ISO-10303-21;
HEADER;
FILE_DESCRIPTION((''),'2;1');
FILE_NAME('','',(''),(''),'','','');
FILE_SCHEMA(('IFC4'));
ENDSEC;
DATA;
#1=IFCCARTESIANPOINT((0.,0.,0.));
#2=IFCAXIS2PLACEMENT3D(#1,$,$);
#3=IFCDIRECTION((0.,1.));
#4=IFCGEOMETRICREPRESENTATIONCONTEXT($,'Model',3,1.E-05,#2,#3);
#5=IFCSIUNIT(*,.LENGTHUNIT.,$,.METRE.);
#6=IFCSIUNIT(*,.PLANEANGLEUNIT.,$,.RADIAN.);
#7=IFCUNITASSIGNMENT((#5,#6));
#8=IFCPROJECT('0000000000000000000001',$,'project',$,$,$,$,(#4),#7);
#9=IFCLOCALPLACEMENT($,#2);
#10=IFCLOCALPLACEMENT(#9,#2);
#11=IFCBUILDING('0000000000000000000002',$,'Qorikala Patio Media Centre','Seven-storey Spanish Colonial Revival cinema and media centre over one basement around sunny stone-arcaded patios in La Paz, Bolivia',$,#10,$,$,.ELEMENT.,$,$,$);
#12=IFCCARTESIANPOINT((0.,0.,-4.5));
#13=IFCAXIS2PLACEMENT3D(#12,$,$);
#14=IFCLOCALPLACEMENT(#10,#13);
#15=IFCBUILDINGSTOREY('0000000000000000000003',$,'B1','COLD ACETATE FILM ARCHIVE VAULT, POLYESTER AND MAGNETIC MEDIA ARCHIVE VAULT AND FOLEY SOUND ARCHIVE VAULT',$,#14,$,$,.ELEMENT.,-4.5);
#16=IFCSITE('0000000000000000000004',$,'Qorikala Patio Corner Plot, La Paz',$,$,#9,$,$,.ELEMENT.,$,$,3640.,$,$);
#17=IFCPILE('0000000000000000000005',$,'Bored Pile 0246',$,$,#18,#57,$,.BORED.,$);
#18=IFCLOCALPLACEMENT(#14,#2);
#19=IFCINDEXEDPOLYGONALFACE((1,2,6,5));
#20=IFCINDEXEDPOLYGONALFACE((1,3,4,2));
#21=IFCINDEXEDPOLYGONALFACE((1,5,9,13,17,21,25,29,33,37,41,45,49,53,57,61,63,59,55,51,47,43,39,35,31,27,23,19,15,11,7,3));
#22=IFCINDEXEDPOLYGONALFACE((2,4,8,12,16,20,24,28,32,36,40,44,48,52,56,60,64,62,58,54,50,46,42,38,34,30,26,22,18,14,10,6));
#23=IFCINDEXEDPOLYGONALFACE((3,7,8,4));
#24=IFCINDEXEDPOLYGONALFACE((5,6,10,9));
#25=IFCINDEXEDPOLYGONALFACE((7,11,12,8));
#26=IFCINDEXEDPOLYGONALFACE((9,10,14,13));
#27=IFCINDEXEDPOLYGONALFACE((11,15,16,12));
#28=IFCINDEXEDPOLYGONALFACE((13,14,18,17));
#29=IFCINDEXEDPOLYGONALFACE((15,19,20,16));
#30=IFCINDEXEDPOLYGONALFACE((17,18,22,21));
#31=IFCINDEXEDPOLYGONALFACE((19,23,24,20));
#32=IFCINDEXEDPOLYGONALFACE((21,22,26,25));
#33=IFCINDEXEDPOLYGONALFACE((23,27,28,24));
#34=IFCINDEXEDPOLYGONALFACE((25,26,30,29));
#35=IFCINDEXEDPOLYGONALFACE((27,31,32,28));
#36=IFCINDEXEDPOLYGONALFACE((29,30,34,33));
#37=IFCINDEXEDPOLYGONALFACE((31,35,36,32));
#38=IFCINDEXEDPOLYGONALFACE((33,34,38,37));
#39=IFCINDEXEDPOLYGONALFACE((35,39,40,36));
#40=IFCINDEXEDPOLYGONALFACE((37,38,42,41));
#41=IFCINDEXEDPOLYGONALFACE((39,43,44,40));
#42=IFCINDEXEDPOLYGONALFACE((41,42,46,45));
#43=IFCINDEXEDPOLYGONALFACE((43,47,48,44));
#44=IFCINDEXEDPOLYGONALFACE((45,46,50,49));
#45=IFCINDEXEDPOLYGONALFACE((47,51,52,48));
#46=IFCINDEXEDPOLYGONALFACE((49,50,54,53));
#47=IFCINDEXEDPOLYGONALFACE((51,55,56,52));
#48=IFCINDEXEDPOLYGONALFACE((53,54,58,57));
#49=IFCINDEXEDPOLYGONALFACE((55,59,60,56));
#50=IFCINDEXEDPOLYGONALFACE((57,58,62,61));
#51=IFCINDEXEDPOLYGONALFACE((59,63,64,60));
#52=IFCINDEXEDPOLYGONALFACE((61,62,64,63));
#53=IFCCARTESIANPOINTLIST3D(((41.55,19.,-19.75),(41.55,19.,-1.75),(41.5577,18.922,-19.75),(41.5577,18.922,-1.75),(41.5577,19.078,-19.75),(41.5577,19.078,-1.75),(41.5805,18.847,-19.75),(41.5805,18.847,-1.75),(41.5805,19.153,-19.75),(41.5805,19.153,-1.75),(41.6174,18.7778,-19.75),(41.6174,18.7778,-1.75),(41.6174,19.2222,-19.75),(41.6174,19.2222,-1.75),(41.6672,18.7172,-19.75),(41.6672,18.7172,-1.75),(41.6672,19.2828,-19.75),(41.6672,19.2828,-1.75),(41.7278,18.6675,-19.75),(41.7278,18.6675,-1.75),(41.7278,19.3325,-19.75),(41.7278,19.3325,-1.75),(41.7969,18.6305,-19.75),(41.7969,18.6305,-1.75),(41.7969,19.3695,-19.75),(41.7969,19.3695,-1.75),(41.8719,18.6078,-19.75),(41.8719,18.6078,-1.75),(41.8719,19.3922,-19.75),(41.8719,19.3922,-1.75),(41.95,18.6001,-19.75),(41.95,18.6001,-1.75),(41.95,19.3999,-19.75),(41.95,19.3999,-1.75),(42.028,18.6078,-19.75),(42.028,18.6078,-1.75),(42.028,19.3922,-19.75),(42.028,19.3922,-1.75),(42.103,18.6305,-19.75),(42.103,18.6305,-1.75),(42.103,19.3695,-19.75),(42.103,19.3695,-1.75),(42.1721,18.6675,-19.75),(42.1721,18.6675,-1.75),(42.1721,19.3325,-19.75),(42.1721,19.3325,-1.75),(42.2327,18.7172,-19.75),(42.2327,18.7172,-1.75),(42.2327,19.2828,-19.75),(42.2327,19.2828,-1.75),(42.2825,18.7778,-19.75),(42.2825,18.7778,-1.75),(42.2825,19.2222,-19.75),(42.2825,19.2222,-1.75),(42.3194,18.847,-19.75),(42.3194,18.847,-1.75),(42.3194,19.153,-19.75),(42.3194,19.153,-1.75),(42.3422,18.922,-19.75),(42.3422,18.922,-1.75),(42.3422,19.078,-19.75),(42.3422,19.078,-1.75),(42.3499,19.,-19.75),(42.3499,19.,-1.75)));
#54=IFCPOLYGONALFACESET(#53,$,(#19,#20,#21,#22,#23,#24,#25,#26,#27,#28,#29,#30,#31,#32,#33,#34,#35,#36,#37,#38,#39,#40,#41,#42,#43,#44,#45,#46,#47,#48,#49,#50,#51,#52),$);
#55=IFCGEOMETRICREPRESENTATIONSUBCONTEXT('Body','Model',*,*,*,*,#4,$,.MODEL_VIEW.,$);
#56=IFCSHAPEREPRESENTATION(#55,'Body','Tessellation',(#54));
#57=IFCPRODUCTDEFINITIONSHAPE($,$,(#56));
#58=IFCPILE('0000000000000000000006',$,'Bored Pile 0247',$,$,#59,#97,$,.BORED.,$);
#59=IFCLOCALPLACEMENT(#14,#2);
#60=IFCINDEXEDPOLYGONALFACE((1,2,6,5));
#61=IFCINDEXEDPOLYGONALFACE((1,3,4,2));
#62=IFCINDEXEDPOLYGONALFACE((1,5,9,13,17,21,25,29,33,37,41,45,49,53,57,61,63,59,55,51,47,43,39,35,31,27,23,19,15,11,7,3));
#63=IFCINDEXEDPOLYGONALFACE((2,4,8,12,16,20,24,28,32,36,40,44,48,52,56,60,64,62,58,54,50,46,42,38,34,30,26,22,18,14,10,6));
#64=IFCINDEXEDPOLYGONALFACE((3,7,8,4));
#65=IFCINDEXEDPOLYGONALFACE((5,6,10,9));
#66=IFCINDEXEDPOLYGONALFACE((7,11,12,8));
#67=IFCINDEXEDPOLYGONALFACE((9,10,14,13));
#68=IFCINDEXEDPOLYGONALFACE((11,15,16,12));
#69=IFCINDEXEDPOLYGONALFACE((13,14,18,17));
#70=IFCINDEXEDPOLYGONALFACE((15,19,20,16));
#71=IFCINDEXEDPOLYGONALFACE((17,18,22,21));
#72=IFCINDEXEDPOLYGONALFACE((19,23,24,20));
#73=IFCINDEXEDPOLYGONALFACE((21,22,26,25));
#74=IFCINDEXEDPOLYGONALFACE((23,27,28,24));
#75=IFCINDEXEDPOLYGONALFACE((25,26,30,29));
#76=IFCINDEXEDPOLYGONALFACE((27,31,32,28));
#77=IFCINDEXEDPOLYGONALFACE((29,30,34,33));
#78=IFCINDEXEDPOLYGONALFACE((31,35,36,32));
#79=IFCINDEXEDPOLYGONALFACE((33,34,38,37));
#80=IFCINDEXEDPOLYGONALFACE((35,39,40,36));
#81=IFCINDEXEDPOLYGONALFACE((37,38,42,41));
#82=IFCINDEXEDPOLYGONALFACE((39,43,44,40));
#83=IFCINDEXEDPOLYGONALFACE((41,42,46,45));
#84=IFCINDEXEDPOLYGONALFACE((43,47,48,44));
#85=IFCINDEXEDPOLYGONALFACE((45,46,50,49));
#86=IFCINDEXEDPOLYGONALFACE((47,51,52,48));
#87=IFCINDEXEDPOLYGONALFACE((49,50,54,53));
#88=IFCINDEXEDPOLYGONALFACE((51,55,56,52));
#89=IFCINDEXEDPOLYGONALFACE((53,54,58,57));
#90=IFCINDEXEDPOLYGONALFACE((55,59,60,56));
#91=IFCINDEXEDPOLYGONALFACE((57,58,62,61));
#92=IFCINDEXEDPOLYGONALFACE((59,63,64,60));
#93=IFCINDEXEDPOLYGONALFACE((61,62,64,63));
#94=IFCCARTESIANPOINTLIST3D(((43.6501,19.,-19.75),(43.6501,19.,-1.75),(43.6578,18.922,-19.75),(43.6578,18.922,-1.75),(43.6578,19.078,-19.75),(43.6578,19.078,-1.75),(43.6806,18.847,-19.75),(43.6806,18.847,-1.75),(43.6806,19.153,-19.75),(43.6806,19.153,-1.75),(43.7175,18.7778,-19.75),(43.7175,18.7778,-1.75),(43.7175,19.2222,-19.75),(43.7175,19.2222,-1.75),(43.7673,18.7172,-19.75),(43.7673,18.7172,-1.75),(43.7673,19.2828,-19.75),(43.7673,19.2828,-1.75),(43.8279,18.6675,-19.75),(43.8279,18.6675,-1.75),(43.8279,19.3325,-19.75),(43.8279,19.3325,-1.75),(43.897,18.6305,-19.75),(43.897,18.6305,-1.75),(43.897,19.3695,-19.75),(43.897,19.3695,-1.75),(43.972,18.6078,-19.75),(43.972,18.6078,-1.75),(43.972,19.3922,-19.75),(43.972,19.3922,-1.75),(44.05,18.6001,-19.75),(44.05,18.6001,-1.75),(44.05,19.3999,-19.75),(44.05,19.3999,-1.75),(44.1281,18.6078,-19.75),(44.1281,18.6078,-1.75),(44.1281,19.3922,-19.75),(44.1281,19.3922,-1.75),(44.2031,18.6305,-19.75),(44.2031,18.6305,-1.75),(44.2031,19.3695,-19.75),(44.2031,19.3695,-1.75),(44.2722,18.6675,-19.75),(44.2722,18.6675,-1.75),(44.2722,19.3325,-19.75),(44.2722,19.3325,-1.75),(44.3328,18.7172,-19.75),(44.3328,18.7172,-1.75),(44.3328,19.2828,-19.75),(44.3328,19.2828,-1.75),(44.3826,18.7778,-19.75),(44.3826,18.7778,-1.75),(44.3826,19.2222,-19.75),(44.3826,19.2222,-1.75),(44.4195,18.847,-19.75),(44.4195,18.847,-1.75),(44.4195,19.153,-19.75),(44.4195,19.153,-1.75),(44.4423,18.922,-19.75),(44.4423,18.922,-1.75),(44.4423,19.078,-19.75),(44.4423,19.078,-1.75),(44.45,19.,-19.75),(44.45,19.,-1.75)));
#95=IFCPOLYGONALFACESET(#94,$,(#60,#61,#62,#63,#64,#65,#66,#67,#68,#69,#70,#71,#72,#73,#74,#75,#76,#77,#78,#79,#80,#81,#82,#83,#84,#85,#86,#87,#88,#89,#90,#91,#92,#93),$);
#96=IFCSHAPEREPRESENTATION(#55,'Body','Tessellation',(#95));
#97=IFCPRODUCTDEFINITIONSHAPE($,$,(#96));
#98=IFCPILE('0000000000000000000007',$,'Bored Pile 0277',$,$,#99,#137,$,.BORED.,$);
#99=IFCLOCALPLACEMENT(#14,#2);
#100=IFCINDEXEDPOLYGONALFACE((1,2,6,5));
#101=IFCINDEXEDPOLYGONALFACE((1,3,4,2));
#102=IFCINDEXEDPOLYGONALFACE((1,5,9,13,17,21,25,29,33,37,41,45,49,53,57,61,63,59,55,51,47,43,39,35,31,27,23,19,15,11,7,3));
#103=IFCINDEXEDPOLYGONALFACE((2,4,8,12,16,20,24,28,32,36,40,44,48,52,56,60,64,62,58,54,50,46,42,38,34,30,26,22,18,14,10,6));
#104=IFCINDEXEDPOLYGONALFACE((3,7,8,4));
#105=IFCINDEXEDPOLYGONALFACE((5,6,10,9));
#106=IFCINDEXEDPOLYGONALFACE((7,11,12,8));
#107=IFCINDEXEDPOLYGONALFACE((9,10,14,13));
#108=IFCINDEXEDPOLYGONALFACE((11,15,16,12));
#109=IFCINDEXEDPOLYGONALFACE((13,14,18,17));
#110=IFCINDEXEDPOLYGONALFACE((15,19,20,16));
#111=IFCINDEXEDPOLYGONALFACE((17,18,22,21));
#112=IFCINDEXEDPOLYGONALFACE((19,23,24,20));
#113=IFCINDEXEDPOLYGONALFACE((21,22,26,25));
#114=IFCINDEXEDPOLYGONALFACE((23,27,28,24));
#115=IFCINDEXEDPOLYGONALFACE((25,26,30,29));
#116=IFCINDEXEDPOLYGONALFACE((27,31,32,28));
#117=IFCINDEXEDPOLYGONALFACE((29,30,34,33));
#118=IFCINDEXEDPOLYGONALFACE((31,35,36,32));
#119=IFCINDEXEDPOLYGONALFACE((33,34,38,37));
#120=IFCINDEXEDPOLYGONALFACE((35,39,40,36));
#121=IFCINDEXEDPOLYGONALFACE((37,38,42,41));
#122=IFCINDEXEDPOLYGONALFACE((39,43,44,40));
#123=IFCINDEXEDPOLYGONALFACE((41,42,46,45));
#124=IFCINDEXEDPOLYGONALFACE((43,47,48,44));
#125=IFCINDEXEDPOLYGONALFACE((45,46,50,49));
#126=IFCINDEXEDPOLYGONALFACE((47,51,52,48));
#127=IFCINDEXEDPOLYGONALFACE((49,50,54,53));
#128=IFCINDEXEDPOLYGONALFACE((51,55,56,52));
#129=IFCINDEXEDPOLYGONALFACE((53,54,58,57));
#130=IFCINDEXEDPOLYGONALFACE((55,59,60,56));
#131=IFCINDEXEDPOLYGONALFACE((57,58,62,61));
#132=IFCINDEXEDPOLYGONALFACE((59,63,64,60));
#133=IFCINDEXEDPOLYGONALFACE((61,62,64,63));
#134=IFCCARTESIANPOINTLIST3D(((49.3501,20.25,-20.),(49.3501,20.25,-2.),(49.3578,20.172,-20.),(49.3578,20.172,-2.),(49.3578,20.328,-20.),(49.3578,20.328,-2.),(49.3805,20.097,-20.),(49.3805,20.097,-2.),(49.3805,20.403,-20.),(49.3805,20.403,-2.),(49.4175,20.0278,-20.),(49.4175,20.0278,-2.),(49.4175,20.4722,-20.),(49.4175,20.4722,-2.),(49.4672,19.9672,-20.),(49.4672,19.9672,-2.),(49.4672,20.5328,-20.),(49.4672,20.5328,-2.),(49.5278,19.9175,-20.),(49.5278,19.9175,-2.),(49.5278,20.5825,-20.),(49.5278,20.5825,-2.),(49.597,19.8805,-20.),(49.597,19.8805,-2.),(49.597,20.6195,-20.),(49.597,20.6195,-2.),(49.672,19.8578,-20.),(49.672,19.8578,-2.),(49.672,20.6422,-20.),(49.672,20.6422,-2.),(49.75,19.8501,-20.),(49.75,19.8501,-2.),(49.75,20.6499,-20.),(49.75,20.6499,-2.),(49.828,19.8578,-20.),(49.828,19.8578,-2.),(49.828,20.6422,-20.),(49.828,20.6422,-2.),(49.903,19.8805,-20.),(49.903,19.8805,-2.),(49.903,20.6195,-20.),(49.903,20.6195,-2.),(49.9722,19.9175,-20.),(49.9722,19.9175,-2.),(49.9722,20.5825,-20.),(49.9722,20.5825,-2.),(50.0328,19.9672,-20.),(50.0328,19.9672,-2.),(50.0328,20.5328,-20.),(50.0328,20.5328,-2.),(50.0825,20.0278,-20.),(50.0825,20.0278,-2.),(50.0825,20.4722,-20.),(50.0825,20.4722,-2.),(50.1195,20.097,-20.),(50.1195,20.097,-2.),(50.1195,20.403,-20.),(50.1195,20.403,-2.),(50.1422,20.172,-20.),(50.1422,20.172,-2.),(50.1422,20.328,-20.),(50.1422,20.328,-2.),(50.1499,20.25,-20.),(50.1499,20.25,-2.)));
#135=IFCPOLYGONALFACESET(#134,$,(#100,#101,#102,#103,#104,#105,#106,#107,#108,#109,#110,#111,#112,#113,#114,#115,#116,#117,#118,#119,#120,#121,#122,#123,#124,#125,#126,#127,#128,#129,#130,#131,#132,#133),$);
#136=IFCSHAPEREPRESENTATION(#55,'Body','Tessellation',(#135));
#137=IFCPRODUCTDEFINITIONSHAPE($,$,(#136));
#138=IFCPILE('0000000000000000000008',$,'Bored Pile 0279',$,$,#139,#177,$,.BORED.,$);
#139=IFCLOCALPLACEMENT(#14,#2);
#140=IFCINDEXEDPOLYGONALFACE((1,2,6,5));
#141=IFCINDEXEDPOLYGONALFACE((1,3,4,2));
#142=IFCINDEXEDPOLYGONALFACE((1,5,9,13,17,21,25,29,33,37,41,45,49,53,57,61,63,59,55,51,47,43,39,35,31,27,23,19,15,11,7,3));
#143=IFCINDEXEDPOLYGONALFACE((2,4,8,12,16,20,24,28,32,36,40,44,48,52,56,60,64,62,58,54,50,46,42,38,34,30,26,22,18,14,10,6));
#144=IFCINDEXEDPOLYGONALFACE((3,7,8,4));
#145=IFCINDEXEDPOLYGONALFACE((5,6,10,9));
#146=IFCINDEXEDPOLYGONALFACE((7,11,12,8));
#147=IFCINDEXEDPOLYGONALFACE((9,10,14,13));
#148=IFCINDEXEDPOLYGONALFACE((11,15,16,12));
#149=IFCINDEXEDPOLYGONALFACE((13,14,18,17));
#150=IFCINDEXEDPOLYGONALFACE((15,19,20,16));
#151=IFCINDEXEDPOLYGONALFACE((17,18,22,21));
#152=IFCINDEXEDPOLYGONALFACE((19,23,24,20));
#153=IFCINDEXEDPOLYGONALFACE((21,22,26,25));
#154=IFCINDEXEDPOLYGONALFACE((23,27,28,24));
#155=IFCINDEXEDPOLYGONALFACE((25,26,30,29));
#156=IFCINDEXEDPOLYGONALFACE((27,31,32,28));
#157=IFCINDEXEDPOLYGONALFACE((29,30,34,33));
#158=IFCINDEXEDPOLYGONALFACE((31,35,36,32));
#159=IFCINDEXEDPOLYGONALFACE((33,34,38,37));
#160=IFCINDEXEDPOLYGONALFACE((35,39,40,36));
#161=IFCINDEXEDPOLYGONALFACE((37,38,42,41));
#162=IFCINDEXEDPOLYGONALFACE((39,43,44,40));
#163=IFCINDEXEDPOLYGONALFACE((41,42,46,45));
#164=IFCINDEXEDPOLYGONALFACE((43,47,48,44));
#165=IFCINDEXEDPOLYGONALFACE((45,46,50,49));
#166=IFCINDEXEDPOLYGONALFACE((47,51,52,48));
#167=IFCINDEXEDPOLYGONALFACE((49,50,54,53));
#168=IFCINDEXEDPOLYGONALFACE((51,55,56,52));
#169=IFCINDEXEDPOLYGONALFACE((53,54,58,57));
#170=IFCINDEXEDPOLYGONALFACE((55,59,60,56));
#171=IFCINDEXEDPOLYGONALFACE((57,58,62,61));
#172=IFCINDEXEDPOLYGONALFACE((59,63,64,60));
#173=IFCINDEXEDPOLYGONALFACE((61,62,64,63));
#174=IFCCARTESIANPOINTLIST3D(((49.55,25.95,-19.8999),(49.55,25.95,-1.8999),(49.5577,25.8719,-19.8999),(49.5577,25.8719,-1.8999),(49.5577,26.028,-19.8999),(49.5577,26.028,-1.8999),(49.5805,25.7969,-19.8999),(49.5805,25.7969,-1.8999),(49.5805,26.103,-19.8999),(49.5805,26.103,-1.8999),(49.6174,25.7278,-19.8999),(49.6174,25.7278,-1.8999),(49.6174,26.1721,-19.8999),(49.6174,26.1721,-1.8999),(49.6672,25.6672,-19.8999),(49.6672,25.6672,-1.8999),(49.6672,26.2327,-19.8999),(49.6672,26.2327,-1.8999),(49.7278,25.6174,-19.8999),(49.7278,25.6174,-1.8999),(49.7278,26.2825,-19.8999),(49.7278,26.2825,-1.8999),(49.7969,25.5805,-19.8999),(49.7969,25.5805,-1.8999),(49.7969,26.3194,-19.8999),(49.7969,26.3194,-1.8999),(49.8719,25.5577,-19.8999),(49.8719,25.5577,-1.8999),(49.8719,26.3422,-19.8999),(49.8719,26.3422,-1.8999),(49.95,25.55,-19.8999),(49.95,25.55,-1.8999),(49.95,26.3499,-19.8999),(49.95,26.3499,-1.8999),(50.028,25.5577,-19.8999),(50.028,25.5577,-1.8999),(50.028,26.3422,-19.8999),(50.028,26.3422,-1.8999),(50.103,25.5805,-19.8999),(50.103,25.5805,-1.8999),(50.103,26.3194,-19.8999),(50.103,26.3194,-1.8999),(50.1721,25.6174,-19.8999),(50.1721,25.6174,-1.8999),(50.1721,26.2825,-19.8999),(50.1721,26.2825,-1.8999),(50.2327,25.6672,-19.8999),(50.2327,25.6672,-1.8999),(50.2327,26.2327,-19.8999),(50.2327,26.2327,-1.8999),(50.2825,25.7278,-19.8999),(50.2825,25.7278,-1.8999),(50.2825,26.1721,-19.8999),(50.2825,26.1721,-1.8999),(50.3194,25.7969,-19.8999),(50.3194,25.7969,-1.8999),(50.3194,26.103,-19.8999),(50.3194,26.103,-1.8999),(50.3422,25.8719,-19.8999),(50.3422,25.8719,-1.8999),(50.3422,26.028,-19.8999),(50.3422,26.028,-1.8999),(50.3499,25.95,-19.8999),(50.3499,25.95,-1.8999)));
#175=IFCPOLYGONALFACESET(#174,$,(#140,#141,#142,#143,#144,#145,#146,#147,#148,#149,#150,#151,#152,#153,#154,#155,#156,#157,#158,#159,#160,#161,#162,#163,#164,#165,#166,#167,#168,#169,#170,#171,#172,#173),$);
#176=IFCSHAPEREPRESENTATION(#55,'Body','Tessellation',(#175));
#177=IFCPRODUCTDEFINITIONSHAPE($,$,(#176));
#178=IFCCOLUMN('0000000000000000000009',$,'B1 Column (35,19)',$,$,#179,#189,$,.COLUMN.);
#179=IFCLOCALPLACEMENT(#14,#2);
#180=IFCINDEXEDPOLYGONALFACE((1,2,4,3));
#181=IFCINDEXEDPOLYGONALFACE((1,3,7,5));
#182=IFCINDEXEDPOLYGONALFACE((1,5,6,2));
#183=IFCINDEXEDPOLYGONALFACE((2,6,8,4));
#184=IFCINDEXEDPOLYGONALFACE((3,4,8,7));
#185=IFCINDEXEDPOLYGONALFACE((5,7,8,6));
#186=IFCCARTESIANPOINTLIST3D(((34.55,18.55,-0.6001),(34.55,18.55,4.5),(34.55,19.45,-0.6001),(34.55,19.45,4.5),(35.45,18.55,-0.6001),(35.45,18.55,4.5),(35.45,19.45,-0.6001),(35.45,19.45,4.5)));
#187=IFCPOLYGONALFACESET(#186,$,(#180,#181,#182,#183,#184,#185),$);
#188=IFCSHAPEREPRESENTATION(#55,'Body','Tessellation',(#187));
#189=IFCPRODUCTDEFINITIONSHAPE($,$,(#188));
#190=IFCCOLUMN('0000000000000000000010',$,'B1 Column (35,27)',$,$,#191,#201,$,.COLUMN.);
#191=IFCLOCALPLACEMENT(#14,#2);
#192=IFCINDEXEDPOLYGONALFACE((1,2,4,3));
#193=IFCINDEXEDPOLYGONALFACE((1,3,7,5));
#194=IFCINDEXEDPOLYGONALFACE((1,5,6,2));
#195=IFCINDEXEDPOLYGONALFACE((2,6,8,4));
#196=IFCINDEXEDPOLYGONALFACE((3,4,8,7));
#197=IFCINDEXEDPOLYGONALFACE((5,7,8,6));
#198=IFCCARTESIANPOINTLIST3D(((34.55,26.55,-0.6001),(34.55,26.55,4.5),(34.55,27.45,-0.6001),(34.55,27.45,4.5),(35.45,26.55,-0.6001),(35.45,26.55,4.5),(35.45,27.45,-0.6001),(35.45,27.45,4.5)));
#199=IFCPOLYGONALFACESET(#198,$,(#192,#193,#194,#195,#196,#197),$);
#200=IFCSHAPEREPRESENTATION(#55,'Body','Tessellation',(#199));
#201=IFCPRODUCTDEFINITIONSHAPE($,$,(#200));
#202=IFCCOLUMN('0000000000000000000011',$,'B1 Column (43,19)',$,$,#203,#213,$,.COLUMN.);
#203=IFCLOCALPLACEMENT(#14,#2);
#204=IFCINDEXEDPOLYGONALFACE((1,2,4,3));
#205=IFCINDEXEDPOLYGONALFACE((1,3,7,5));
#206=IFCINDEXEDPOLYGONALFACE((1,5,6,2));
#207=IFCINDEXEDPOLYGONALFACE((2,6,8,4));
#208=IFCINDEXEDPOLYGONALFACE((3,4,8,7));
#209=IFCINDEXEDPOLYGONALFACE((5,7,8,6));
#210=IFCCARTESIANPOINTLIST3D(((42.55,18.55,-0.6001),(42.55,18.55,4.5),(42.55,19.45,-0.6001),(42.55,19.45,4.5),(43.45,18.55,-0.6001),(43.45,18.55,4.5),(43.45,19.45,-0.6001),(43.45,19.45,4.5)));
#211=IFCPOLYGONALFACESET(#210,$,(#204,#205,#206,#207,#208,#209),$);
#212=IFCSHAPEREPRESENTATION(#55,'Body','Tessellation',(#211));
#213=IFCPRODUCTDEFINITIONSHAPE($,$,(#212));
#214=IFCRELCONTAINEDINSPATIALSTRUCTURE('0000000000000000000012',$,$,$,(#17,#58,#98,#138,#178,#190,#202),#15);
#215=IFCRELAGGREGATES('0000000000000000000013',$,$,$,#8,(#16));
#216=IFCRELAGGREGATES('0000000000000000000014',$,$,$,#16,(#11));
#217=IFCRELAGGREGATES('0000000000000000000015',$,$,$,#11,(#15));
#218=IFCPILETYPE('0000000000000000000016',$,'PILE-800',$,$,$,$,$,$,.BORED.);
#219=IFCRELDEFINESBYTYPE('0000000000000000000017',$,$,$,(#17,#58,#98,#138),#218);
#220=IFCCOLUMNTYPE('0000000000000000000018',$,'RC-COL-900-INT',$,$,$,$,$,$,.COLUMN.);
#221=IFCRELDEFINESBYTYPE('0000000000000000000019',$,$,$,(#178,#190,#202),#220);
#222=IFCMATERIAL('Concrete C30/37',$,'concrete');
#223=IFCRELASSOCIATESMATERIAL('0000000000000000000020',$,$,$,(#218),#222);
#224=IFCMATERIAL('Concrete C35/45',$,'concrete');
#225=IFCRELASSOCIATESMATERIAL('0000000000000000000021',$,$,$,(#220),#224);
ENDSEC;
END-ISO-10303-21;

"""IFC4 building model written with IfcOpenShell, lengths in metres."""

from ifc_helpers import new_model, si_unit, direction, frame, origin, origin_2d, place, context, subcontext, project, spatial, rectangle, circle, extrude, material, material_profile, profile_set, type_object, element, save


model = new_model("IFC4")

# Units and contexts
model_context = context("Model", 3, precision=1e-05, world=origin(), true_north=direction((0.0, 1.0)))
body_context = subcontext(model_context, "Body", "Model", "MODEL_VIEW")
ifc_project = project(units=[si_unit("LENGTHUNIT", "METRE"), si_unit("PLANEANGLEUNIT", "RADIAN")], contexts=[model_context])

# Site, building, storey
site_placement = place(None, origin())
site = spatial("IfcSite", under=ifc_project, at=site_placement, Name="Qorikala Patio Corner Plot, La Paz", CompositionType="ELEMENT", RefElevation=3640.0)
building_placement = place(site_placement, origin())
building = spatial("IfcBuilding", under=site, at=building_placement, Name="Qorikala Patio Media Centre", Description="Seven-storey Spanish Colonial Revival cinema and media centre over one basement around sunny stone-arcaded patios in La Paz, Bolivia", CompositionType="ELEMENT")
storey_placement = place(building_placement, frame((0.0, 0.0, -4.5)))
storey = spatial("IfcBuildingStorey", under=building, at=storey_placement, Name="B1", Description="COLD ACETATE FILM ARCHIVE VAULT, POLYESTER AND MAGNETIC MEDIA ARCHIVE VAULT AND FOLEY SOUND ARCHIVE VAULT", CompositionType="ELEMENT", Elevation=-4.5)

# Shared definitions
ifc_material_1 = material(Name="Concrete C30/37", Category="concrete")

# Piles
ifc_material_profile_1 = material_profile(ifc_material_1, circle(Radius=0.3999, at=origin_2d()), Name="BORED PILE 800")
ifc_profile_set_1 = profile_set([ifc_material_profile_1], Name="Concrete C30/37")
pile_type_1 = type_object("IfcPileType", Name="PILE-800", PredefinedType="BORED", material=ifc_profile_set_1)
for number, where, z_axis, x_axis, name in (
    (1, (41.95, 19.0, -1.75), (0.0, 0.0, -1.0), (1.0, 0.0, 0.0), "Bored Pile 0246"),
    (2, (44.05, 19.0, -1.75), (0.0, 0.0, -1.0), (1.0, 0.0, 0.0), "Bored Pile 0247"),
    (3, (49.75, 20.25, -2.0), (0.0, 0.0, -1.0), (1.0, 0.0, 0.0), "Bored Pile 0277"),
    (4, (49.95, 25.95, -1.8999), (0.0, 0.0, -1.0), (1.0, 0.0, 0.0), "Bored Pile 0279"),
):
    element("IfcPile", number, at=place(storey_placement, frame(where, z_axis=z_axis, x_axis=x_axis)), inside=storey, type_object=pile_type_1, Name=name, PredefinedType="BORED", context=body_context, shape_type="SweptSolid", body=[
        extrude(circle(Radius=0.3999, at=origin_2d()), origin(), (0.0, 0.0, 1.0), 18.0),
    ])

# Columns
ifc_material_2 = material(Name="Concrete C35/45", Category="concrete")
ifc_material_profile_2 = material_profile(ifc_material_2, rectangle(XDim=0.8999, YDim=0.8999, at=origin_2d()), Name="RC 900x900")
ifc_profile_set_2 = profile_set([ifc_material_profile_2], Name="Concrete C35/45")
column_type = type_object("IfcColumnType", Name="RC-COL-900-INT", PredefinedType="COLUMN", material=ifc_profile_set_2)
for number, where, z_axis, x_axis, name in (
    (5, (35.0, 19.0, -0.6001), (0.0, 0.0, 1.0), (1.0, 0.0, 0.0), "B1 Column (35,19)"),
    (6, (35.0, 27.0, -0.6001), (0.0, 0.0, 1.0), (1.0, 0.0, 0.0), "B1 Column (35,27)"),
    (7, (43.0, 19.0, -0.6001), (0.0, 0.0, 1.0), (1.0, 0.0, 0.0), "B1 Column (43,19)"),
):
    element("IfcColumn", number, at=place(storey_placement, frame(where, z_axis=z_axis, x_axis=x_axis)), inside=storey, type_object=column_type, Name=name, PredefinedType="COLUMN", context=body_context, shape_type="SweptSolid", body=[
        extrude(rectangle(XDim=0.8999, YDim=0.8999, at=origin_2d()), origin(), (0.0, 0.0, 1.0), 5.1001),
    ])

save(model, "model.ifc")
